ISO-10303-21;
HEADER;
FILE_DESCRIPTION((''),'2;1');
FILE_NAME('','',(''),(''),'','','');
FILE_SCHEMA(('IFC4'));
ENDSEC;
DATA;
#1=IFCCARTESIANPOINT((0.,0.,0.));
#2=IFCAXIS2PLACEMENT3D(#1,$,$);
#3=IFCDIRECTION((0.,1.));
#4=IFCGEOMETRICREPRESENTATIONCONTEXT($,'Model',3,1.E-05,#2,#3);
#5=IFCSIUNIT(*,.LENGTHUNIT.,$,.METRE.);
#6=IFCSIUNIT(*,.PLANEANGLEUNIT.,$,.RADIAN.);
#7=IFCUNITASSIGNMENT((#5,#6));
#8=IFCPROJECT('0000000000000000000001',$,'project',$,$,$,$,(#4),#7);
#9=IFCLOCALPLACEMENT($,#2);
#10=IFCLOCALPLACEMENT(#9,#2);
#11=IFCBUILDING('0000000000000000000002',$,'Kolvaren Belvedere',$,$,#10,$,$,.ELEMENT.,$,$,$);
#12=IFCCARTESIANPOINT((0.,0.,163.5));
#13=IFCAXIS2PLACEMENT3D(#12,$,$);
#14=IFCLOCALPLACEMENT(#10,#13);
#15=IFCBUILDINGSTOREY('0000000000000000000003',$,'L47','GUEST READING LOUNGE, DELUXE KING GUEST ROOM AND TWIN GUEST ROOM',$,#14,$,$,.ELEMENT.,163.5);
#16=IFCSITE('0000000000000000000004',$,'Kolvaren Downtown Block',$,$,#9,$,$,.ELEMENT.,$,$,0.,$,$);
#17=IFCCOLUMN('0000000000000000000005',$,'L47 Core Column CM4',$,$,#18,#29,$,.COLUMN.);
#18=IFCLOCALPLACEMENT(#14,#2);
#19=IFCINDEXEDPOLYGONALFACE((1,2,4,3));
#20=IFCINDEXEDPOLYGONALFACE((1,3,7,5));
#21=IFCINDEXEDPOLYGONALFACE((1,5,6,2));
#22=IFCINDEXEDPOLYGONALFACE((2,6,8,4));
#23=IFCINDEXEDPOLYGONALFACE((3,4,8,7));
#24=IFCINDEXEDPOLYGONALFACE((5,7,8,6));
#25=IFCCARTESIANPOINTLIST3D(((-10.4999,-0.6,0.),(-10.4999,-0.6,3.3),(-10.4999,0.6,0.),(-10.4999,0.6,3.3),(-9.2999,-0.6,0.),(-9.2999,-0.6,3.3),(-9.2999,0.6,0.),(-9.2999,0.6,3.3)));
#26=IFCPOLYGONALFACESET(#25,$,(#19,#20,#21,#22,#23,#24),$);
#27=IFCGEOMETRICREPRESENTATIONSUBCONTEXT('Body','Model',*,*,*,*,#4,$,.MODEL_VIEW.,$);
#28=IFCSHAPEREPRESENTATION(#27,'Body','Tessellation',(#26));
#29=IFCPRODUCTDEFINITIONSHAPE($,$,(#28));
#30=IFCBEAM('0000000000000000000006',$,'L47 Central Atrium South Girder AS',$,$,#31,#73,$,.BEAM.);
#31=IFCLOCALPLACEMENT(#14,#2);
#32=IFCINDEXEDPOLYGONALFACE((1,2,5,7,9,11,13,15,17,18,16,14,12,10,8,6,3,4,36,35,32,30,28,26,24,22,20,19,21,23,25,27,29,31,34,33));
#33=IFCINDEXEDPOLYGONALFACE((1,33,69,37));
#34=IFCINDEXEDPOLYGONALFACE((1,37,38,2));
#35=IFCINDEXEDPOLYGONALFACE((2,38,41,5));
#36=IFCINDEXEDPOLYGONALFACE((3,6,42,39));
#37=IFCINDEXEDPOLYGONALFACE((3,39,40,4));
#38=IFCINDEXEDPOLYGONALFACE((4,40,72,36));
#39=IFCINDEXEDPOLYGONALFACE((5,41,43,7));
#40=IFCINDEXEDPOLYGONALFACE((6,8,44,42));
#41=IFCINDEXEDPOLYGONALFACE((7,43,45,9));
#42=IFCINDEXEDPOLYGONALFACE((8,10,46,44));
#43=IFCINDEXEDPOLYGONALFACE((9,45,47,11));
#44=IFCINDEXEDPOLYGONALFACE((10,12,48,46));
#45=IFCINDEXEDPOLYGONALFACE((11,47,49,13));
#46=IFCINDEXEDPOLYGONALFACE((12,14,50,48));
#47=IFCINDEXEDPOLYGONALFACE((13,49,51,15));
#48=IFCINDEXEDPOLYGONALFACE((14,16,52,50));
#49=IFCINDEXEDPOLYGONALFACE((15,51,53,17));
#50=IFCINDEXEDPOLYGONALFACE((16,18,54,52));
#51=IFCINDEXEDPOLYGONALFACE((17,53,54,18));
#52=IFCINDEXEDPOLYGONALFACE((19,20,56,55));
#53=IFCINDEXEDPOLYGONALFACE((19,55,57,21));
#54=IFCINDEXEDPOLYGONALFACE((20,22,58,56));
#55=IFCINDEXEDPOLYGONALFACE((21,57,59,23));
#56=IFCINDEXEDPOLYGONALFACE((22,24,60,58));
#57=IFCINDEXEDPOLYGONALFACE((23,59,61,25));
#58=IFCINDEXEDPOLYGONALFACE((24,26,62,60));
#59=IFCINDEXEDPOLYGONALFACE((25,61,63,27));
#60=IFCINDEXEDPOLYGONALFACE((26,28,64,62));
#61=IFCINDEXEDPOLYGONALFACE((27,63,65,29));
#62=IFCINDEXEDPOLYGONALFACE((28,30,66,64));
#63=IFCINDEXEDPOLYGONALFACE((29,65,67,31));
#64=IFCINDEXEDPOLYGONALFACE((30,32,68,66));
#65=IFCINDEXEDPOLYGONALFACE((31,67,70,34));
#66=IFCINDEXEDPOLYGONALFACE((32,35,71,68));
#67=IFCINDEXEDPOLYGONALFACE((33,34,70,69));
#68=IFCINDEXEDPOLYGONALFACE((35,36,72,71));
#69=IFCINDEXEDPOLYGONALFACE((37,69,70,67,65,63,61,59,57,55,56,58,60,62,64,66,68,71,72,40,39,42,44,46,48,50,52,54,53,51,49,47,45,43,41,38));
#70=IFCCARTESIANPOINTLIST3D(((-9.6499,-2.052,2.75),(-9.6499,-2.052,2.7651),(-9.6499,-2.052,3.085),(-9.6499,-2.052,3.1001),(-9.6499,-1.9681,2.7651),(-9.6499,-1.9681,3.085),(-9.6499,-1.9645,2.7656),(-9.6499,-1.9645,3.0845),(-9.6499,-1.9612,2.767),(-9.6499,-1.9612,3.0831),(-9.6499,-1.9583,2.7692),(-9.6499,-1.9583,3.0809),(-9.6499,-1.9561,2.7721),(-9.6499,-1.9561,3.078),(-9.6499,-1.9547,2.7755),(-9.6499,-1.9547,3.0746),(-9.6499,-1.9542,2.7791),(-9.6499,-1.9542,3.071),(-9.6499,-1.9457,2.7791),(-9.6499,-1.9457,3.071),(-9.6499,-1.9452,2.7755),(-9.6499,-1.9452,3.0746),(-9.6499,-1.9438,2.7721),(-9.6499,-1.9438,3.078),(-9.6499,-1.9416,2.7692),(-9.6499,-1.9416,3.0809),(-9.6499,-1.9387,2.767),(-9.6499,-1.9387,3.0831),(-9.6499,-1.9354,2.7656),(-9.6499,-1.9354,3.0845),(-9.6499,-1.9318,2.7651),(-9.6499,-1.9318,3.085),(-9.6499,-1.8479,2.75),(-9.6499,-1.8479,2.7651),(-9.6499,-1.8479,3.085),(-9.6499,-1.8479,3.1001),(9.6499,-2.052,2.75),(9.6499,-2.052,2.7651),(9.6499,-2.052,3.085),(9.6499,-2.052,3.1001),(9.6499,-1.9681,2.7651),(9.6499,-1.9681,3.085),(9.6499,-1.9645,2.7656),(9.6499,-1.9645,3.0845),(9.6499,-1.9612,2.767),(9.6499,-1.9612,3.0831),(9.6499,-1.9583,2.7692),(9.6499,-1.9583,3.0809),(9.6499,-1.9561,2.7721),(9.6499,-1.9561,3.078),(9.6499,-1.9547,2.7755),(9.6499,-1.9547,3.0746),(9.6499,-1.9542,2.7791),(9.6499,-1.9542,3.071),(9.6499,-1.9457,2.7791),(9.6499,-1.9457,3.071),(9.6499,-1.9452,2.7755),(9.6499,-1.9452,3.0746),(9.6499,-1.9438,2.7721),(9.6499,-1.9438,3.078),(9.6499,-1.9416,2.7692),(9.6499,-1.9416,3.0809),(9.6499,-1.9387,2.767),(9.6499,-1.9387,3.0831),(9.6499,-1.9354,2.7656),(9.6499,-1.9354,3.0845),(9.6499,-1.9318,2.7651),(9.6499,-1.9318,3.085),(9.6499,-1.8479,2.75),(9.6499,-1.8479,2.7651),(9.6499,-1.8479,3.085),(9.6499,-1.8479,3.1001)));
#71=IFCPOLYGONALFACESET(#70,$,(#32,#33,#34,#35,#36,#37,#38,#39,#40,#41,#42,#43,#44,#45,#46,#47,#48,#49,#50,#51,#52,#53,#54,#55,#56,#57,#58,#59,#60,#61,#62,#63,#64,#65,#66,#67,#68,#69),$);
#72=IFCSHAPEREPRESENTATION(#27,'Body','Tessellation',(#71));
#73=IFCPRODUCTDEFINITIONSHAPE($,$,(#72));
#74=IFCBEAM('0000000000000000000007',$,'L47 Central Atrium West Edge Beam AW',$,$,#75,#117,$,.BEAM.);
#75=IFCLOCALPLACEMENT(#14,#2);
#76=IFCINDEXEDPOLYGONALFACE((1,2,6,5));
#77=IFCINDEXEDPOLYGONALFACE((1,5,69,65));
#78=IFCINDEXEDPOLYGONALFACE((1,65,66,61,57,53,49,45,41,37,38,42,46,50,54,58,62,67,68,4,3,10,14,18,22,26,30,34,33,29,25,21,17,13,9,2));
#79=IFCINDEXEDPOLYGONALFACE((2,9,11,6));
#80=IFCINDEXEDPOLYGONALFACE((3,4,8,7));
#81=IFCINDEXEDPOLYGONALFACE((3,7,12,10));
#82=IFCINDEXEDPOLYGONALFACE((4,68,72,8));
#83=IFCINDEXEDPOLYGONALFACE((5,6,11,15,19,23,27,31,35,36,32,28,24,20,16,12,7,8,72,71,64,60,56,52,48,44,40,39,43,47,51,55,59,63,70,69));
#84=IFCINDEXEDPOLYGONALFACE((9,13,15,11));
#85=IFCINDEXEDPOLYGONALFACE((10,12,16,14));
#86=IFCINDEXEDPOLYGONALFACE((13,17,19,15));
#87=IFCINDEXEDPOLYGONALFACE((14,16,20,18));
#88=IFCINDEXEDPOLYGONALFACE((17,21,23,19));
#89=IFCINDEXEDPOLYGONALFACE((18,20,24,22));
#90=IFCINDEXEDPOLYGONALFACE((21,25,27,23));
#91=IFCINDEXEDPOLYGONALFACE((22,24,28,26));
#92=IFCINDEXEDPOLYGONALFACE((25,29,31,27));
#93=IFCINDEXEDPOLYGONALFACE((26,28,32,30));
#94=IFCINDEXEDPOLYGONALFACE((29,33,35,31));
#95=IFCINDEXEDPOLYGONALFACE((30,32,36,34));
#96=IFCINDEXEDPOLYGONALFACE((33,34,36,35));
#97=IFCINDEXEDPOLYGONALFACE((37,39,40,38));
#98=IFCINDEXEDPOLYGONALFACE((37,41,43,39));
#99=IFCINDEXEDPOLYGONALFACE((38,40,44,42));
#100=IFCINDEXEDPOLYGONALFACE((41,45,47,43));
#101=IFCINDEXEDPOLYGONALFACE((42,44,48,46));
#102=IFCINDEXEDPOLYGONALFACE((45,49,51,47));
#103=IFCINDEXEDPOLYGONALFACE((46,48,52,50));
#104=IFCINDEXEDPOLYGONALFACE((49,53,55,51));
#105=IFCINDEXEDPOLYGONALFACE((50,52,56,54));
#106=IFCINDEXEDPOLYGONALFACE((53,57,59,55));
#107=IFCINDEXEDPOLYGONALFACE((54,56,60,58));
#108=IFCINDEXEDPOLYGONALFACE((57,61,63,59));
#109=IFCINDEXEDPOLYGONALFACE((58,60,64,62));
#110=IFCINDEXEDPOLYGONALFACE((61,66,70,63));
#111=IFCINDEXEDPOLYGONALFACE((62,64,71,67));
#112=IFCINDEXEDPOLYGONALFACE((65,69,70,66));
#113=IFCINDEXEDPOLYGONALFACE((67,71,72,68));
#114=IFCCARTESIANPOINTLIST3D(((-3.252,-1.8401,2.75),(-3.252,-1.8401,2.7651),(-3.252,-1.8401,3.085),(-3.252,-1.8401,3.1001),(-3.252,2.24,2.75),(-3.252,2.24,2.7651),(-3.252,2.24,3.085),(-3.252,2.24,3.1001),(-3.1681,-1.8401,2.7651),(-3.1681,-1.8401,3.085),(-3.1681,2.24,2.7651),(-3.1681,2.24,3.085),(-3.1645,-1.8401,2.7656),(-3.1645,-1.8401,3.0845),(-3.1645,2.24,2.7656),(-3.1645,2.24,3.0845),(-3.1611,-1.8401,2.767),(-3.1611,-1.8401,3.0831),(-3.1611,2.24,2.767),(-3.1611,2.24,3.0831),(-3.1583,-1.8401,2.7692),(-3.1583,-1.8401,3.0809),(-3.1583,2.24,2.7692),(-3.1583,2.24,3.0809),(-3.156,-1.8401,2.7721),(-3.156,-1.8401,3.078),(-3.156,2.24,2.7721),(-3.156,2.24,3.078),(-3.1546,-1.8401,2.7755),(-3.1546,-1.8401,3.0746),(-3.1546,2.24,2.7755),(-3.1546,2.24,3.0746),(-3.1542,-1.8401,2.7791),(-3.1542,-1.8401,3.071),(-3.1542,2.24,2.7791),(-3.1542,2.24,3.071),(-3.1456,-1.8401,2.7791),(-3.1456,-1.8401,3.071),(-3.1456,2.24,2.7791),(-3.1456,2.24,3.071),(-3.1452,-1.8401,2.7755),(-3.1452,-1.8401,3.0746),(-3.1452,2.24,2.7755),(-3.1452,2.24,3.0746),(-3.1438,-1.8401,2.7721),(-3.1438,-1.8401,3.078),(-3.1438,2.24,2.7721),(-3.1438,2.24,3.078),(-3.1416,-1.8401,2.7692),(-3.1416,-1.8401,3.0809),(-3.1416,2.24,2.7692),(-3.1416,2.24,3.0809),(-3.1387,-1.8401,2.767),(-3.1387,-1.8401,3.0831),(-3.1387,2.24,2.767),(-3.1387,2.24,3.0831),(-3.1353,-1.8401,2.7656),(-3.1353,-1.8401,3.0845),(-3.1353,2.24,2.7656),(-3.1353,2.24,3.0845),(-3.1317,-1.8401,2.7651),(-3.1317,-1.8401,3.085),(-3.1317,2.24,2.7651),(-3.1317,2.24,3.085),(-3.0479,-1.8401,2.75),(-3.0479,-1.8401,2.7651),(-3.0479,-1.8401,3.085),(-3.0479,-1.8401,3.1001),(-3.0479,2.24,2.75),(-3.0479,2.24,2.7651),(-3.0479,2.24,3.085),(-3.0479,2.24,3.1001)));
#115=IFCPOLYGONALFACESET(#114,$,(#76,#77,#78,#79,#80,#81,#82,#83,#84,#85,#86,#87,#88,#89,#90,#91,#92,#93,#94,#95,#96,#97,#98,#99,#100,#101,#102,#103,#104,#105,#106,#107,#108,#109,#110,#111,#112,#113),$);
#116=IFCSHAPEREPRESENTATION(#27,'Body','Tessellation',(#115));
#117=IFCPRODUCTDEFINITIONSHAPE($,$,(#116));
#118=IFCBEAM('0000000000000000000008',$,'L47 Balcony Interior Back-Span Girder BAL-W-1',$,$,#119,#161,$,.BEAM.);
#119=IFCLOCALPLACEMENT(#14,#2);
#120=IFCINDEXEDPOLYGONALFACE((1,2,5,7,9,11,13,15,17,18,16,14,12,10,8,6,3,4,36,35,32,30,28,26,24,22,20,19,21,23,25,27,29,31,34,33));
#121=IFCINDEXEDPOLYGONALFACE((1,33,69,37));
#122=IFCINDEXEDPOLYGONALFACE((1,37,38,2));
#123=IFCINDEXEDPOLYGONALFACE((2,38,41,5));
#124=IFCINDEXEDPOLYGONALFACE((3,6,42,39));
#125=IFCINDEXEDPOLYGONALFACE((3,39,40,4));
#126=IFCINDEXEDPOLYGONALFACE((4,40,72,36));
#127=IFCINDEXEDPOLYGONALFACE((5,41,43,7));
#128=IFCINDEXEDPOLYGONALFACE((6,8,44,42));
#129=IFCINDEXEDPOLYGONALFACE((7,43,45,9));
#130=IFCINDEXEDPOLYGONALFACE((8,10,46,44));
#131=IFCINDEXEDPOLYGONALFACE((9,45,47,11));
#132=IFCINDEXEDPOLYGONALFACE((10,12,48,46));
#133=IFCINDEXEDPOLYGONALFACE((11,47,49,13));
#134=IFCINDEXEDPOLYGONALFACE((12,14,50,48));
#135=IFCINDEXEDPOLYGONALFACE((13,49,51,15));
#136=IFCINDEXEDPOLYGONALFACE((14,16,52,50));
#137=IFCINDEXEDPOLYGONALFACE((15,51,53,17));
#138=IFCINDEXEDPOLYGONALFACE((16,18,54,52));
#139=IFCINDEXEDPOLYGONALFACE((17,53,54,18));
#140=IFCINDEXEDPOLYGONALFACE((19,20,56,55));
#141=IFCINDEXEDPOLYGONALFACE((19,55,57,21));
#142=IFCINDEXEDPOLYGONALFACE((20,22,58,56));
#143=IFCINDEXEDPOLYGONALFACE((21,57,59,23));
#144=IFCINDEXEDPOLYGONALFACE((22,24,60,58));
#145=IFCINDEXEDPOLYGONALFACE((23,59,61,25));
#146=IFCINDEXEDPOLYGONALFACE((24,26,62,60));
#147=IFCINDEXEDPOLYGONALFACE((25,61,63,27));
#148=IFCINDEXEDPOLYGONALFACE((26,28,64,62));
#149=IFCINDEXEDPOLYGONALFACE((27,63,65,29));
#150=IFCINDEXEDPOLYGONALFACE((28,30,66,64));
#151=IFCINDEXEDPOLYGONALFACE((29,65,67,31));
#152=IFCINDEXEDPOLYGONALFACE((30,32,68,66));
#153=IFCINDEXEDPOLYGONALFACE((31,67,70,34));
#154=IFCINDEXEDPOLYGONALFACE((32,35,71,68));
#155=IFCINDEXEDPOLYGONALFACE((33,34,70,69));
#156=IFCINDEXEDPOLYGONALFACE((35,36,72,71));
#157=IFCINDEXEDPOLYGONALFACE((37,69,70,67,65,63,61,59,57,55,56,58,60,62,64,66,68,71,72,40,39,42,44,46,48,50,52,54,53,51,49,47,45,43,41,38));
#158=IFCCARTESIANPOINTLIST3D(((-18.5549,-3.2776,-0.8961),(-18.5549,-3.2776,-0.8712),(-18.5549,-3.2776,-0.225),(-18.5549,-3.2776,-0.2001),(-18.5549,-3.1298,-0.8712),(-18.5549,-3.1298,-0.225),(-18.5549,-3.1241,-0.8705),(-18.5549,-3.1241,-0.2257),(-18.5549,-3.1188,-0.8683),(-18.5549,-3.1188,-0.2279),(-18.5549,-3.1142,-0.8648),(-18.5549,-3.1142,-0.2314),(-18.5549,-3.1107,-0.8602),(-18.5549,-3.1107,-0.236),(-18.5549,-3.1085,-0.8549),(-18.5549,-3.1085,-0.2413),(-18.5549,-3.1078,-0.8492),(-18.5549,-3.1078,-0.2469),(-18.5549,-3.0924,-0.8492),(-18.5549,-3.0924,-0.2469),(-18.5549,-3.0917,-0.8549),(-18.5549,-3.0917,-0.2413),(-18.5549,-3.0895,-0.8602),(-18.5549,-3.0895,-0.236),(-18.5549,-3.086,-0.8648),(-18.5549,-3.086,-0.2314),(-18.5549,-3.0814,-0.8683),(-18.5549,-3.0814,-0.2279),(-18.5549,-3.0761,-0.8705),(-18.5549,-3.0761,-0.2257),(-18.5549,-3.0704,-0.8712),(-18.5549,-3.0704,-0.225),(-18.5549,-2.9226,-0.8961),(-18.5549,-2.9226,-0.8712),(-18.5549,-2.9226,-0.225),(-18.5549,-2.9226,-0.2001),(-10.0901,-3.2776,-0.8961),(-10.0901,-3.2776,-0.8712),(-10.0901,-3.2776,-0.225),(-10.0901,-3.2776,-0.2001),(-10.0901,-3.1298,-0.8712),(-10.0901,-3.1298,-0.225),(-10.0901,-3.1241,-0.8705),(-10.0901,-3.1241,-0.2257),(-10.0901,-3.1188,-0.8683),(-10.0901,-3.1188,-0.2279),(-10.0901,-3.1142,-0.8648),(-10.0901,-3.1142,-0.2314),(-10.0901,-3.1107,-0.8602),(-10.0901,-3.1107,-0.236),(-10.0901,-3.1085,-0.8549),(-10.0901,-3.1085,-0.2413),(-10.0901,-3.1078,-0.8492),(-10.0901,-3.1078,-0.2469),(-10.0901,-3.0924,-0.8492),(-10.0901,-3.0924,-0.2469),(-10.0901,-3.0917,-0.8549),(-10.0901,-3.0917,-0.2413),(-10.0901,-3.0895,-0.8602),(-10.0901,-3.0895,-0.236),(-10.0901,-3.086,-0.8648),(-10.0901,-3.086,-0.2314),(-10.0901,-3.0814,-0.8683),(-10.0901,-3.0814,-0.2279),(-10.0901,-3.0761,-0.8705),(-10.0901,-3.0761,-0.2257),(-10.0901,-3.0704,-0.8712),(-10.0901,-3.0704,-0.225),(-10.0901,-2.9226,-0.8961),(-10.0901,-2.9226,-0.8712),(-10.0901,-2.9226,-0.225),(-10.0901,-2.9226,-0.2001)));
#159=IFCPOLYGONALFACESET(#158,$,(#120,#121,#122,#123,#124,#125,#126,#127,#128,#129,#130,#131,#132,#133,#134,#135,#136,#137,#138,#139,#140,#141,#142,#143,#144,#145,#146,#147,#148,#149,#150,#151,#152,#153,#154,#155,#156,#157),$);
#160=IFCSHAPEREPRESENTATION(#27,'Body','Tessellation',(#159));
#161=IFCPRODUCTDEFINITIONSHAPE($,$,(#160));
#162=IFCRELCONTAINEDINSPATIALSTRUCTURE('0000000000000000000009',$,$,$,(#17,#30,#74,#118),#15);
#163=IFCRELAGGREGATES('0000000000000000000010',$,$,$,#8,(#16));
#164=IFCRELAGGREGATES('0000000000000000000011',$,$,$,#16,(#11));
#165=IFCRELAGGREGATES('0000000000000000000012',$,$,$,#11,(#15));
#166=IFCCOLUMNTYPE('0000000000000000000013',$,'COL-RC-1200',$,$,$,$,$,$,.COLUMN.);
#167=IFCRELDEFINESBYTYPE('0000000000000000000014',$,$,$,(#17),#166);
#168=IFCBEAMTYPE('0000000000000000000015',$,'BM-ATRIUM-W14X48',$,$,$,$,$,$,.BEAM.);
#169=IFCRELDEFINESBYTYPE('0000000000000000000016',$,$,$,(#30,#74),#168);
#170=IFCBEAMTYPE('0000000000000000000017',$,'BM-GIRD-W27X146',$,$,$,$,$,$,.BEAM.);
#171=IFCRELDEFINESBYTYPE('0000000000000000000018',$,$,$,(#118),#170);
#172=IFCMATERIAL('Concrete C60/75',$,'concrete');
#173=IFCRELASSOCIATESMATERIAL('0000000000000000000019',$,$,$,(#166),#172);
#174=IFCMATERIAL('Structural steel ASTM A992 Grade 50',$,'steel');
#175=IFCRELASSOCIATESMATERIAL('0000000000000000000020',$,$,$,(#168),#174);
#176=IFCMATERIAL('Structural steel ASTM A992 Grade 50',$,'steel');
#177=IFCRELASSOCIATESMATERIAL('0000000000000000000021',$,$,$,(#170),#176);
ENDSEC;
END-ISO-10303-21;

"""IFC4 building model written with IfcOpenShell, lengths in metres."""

from ifc_helpers import new_model, si_unit, direction, frame, origin, origin_2d, place, context, subcontext, project, spatial, rectangle, i_section, extrude, material, material_profile, profile_set, type_object, element, save


model = new_model("IFC4")

# Units and contexts
model_context = context("Model", 3, precision=1e-05, world=origin(), true_north=direction((0.0, 1.0)))
body_context = subcontext(model_context, "Body", "Model", "MODEL_VIEW")
ifc_project = project(units=[si_unit("LENGTHUNIT", "METRE"), si_unit("PLANEANGLEUNIT", "RADIAN")], contexts=[model_context])

# Site, building, storey
site_placement = place(None, origin())
site = spatial("IfcSite", under=ifc_project, at=site_placement, Name="Kolvaren Downtown Block", CompositionType="ELEMENT", RefElevation=0.0)
building_placement = place(site_placement, origin())
building = spatial("IfcBuilding", under=site, at=building_placement, Name="Kolvaren Belvedere", CompositionType="ELEMENT")
storey_placement = place(building_placement, frame((0.0, 0.0, 163.5)))
storey = spatial("IfcBuildingStorey", under=building, at=storey_placement, Name="L47", Description="GUEST READING LOUNGE, DELUXE KING GUEST ROOM AND TWIN GUEST ROOM", CompositionType="ELEMENT", Elevation=163.5)

# Column
ifc_material_1 = material(Name="Concrete C60/75", Category="concrete")
ifc_material_profile_1 = material_profile(ifc_material_1, rectangle(XDim=1.2, YDim=1.2, at=origin_2d()), Name="RC 1200X1200")
ifc_profile_set_1 = profile_set([ifc_material_profile_1], Name="Concrete C60/75")
column_type = type_object("IfcColumnType", Name="COL-RC-1200", PredefinedType="COLUMN", material=ifc_profile_set_1)
column_placement = place(storey_placement, frame((-9.8999, 0.0, 0.0), z_axis=(0.0, 0.0, 1.0), x_axis=(1.0, 0.0, 0.0)))
element("IfcColumn", 1, at=column_placement, inside=storey, type_object=column_type, Name="L47 Core Column CM4", PredefinedType="COLUMN", context=body_context, shape_type="SweptSolid", body=[
    extrude(rectangle(XDim=1.2, YDim=1.2, at=origin_2d()), origin(), (0.0, 0.0, 1.0), 3.3),
])

# Beams
ifc_material_2 = material(Name="Structural steel ASTM A992 Grade 50", Category="steel")
ifc_material_profile_2 = material_profile(ifc_material_2, i_section(OverallWidth=0.2041, OverallDepth=0.3501, WebThickness=0.0085, FlangeThickness=0.0151, FilletRadius=0.0139, at=origin_2d()), Name="W14X48")
ifc_profile_set_2 = profile_set([ifc_material_profile_2], Name="Structural steel ASTM A992 Grade 50")
beam_type_1 = type_object("IfcBeamType", Name="BM-ATRIUM-W14X48", PredefinedType="BEAM", material=ifc_profile_set_2)
beam_1_placement = place(storey_placement, frame((-9.6499, -1.95, 2.925), z_axis=(1.0, 0.0, 0.0), x_axis=(0.0, 1.0, 0.0)))
element("IfcBeam", 2, at=beam_1_placement, inside=storey, type_object=beam_type_1, Name="L47 Central Atrium South Girder AS", PredefinedType="BEAM", context=body_context, shape_type="SweptSolid", body=[
    extrude(i_section(OverallWidth=0.2041, OverallDepth=0.3501, WebThickness=0.0085, FlangeThickness=0.0151, FilletRadius=0.0139, at=origin_2d()), origin(), (0.0, 0.0, 1.0), 19.2998),
])
beam_2_placement = place(storey_placement, frame((-3.1499, -1.8401, 2.925), z_axis=(0.0, 1.0, 0.0), x_axis=(-1.0, 0.0, 0.0)))
element("IfcBeam", 3, at=beam_2_placement, inside=storey, type_object=beam_type_1, Name="L47 Central Atrium West Edge Beam AW", PredefinedType="BEAM", context=body_context, shape_type="SweptSolid", body=[
    extrude(i_section(OverallWidth=0.2041, OverallDepth=0.3501, WebThickness=0.0085, FlangeThickness=0.0151, FilletRadius=0.0139, at=origin_2d()), origin(), (0.0, 0.0, 1.0), 4.0801),
])
ifc_material_3 = material(Name="Structural steel ASTM A992 Grade 50", Category="steel")
ifc_material_profile_3 = material_profile(ifc_material_3, i_section(OverallWidth=0.355, OverallDepth=0.696, WebThickness=0.0154, FlangeThickness=0.0249, FilletRadius=0.022, at=origin_2d()), Name="W27X146")
ifc_profile_set_3 = profile_set([ifc_material_profile_3], Name="Structural steel ASTM A992 Grade 50")
beam_type_2 = type_object("IfcBeamType", Name="BM-GIRD-W27X146", PredefinedType="BEAM", material=ifc_profile_set_3)
beam_3_placement = place(storey_placement, frame((-10.0901, -3.1001, -0.5481), z_axis=(-1.0, 0.0, 0.0), x_axis=(0.0, -1.0, 0.0)))
element("IfcBeam", 4, at=beam_3_placement, inside=storey, type_object=beam_type_2, Name="L47 Balcony Interior Back-Span Girder BAL-W-1", PredefinedType="BEAM", context=body_context, shape_type="SweptSolid", body=[
    extrude(i_section(OverallWidth=0.355, OverallDepth=0.696, WebThickness=0.0154, FlangeThickness=0.0249, FilletRadius=0.022, at=origin_2d()), origin(), (0.0, 0.0, 1.0), 8.4648),
])

save(model, "model.ifc")
